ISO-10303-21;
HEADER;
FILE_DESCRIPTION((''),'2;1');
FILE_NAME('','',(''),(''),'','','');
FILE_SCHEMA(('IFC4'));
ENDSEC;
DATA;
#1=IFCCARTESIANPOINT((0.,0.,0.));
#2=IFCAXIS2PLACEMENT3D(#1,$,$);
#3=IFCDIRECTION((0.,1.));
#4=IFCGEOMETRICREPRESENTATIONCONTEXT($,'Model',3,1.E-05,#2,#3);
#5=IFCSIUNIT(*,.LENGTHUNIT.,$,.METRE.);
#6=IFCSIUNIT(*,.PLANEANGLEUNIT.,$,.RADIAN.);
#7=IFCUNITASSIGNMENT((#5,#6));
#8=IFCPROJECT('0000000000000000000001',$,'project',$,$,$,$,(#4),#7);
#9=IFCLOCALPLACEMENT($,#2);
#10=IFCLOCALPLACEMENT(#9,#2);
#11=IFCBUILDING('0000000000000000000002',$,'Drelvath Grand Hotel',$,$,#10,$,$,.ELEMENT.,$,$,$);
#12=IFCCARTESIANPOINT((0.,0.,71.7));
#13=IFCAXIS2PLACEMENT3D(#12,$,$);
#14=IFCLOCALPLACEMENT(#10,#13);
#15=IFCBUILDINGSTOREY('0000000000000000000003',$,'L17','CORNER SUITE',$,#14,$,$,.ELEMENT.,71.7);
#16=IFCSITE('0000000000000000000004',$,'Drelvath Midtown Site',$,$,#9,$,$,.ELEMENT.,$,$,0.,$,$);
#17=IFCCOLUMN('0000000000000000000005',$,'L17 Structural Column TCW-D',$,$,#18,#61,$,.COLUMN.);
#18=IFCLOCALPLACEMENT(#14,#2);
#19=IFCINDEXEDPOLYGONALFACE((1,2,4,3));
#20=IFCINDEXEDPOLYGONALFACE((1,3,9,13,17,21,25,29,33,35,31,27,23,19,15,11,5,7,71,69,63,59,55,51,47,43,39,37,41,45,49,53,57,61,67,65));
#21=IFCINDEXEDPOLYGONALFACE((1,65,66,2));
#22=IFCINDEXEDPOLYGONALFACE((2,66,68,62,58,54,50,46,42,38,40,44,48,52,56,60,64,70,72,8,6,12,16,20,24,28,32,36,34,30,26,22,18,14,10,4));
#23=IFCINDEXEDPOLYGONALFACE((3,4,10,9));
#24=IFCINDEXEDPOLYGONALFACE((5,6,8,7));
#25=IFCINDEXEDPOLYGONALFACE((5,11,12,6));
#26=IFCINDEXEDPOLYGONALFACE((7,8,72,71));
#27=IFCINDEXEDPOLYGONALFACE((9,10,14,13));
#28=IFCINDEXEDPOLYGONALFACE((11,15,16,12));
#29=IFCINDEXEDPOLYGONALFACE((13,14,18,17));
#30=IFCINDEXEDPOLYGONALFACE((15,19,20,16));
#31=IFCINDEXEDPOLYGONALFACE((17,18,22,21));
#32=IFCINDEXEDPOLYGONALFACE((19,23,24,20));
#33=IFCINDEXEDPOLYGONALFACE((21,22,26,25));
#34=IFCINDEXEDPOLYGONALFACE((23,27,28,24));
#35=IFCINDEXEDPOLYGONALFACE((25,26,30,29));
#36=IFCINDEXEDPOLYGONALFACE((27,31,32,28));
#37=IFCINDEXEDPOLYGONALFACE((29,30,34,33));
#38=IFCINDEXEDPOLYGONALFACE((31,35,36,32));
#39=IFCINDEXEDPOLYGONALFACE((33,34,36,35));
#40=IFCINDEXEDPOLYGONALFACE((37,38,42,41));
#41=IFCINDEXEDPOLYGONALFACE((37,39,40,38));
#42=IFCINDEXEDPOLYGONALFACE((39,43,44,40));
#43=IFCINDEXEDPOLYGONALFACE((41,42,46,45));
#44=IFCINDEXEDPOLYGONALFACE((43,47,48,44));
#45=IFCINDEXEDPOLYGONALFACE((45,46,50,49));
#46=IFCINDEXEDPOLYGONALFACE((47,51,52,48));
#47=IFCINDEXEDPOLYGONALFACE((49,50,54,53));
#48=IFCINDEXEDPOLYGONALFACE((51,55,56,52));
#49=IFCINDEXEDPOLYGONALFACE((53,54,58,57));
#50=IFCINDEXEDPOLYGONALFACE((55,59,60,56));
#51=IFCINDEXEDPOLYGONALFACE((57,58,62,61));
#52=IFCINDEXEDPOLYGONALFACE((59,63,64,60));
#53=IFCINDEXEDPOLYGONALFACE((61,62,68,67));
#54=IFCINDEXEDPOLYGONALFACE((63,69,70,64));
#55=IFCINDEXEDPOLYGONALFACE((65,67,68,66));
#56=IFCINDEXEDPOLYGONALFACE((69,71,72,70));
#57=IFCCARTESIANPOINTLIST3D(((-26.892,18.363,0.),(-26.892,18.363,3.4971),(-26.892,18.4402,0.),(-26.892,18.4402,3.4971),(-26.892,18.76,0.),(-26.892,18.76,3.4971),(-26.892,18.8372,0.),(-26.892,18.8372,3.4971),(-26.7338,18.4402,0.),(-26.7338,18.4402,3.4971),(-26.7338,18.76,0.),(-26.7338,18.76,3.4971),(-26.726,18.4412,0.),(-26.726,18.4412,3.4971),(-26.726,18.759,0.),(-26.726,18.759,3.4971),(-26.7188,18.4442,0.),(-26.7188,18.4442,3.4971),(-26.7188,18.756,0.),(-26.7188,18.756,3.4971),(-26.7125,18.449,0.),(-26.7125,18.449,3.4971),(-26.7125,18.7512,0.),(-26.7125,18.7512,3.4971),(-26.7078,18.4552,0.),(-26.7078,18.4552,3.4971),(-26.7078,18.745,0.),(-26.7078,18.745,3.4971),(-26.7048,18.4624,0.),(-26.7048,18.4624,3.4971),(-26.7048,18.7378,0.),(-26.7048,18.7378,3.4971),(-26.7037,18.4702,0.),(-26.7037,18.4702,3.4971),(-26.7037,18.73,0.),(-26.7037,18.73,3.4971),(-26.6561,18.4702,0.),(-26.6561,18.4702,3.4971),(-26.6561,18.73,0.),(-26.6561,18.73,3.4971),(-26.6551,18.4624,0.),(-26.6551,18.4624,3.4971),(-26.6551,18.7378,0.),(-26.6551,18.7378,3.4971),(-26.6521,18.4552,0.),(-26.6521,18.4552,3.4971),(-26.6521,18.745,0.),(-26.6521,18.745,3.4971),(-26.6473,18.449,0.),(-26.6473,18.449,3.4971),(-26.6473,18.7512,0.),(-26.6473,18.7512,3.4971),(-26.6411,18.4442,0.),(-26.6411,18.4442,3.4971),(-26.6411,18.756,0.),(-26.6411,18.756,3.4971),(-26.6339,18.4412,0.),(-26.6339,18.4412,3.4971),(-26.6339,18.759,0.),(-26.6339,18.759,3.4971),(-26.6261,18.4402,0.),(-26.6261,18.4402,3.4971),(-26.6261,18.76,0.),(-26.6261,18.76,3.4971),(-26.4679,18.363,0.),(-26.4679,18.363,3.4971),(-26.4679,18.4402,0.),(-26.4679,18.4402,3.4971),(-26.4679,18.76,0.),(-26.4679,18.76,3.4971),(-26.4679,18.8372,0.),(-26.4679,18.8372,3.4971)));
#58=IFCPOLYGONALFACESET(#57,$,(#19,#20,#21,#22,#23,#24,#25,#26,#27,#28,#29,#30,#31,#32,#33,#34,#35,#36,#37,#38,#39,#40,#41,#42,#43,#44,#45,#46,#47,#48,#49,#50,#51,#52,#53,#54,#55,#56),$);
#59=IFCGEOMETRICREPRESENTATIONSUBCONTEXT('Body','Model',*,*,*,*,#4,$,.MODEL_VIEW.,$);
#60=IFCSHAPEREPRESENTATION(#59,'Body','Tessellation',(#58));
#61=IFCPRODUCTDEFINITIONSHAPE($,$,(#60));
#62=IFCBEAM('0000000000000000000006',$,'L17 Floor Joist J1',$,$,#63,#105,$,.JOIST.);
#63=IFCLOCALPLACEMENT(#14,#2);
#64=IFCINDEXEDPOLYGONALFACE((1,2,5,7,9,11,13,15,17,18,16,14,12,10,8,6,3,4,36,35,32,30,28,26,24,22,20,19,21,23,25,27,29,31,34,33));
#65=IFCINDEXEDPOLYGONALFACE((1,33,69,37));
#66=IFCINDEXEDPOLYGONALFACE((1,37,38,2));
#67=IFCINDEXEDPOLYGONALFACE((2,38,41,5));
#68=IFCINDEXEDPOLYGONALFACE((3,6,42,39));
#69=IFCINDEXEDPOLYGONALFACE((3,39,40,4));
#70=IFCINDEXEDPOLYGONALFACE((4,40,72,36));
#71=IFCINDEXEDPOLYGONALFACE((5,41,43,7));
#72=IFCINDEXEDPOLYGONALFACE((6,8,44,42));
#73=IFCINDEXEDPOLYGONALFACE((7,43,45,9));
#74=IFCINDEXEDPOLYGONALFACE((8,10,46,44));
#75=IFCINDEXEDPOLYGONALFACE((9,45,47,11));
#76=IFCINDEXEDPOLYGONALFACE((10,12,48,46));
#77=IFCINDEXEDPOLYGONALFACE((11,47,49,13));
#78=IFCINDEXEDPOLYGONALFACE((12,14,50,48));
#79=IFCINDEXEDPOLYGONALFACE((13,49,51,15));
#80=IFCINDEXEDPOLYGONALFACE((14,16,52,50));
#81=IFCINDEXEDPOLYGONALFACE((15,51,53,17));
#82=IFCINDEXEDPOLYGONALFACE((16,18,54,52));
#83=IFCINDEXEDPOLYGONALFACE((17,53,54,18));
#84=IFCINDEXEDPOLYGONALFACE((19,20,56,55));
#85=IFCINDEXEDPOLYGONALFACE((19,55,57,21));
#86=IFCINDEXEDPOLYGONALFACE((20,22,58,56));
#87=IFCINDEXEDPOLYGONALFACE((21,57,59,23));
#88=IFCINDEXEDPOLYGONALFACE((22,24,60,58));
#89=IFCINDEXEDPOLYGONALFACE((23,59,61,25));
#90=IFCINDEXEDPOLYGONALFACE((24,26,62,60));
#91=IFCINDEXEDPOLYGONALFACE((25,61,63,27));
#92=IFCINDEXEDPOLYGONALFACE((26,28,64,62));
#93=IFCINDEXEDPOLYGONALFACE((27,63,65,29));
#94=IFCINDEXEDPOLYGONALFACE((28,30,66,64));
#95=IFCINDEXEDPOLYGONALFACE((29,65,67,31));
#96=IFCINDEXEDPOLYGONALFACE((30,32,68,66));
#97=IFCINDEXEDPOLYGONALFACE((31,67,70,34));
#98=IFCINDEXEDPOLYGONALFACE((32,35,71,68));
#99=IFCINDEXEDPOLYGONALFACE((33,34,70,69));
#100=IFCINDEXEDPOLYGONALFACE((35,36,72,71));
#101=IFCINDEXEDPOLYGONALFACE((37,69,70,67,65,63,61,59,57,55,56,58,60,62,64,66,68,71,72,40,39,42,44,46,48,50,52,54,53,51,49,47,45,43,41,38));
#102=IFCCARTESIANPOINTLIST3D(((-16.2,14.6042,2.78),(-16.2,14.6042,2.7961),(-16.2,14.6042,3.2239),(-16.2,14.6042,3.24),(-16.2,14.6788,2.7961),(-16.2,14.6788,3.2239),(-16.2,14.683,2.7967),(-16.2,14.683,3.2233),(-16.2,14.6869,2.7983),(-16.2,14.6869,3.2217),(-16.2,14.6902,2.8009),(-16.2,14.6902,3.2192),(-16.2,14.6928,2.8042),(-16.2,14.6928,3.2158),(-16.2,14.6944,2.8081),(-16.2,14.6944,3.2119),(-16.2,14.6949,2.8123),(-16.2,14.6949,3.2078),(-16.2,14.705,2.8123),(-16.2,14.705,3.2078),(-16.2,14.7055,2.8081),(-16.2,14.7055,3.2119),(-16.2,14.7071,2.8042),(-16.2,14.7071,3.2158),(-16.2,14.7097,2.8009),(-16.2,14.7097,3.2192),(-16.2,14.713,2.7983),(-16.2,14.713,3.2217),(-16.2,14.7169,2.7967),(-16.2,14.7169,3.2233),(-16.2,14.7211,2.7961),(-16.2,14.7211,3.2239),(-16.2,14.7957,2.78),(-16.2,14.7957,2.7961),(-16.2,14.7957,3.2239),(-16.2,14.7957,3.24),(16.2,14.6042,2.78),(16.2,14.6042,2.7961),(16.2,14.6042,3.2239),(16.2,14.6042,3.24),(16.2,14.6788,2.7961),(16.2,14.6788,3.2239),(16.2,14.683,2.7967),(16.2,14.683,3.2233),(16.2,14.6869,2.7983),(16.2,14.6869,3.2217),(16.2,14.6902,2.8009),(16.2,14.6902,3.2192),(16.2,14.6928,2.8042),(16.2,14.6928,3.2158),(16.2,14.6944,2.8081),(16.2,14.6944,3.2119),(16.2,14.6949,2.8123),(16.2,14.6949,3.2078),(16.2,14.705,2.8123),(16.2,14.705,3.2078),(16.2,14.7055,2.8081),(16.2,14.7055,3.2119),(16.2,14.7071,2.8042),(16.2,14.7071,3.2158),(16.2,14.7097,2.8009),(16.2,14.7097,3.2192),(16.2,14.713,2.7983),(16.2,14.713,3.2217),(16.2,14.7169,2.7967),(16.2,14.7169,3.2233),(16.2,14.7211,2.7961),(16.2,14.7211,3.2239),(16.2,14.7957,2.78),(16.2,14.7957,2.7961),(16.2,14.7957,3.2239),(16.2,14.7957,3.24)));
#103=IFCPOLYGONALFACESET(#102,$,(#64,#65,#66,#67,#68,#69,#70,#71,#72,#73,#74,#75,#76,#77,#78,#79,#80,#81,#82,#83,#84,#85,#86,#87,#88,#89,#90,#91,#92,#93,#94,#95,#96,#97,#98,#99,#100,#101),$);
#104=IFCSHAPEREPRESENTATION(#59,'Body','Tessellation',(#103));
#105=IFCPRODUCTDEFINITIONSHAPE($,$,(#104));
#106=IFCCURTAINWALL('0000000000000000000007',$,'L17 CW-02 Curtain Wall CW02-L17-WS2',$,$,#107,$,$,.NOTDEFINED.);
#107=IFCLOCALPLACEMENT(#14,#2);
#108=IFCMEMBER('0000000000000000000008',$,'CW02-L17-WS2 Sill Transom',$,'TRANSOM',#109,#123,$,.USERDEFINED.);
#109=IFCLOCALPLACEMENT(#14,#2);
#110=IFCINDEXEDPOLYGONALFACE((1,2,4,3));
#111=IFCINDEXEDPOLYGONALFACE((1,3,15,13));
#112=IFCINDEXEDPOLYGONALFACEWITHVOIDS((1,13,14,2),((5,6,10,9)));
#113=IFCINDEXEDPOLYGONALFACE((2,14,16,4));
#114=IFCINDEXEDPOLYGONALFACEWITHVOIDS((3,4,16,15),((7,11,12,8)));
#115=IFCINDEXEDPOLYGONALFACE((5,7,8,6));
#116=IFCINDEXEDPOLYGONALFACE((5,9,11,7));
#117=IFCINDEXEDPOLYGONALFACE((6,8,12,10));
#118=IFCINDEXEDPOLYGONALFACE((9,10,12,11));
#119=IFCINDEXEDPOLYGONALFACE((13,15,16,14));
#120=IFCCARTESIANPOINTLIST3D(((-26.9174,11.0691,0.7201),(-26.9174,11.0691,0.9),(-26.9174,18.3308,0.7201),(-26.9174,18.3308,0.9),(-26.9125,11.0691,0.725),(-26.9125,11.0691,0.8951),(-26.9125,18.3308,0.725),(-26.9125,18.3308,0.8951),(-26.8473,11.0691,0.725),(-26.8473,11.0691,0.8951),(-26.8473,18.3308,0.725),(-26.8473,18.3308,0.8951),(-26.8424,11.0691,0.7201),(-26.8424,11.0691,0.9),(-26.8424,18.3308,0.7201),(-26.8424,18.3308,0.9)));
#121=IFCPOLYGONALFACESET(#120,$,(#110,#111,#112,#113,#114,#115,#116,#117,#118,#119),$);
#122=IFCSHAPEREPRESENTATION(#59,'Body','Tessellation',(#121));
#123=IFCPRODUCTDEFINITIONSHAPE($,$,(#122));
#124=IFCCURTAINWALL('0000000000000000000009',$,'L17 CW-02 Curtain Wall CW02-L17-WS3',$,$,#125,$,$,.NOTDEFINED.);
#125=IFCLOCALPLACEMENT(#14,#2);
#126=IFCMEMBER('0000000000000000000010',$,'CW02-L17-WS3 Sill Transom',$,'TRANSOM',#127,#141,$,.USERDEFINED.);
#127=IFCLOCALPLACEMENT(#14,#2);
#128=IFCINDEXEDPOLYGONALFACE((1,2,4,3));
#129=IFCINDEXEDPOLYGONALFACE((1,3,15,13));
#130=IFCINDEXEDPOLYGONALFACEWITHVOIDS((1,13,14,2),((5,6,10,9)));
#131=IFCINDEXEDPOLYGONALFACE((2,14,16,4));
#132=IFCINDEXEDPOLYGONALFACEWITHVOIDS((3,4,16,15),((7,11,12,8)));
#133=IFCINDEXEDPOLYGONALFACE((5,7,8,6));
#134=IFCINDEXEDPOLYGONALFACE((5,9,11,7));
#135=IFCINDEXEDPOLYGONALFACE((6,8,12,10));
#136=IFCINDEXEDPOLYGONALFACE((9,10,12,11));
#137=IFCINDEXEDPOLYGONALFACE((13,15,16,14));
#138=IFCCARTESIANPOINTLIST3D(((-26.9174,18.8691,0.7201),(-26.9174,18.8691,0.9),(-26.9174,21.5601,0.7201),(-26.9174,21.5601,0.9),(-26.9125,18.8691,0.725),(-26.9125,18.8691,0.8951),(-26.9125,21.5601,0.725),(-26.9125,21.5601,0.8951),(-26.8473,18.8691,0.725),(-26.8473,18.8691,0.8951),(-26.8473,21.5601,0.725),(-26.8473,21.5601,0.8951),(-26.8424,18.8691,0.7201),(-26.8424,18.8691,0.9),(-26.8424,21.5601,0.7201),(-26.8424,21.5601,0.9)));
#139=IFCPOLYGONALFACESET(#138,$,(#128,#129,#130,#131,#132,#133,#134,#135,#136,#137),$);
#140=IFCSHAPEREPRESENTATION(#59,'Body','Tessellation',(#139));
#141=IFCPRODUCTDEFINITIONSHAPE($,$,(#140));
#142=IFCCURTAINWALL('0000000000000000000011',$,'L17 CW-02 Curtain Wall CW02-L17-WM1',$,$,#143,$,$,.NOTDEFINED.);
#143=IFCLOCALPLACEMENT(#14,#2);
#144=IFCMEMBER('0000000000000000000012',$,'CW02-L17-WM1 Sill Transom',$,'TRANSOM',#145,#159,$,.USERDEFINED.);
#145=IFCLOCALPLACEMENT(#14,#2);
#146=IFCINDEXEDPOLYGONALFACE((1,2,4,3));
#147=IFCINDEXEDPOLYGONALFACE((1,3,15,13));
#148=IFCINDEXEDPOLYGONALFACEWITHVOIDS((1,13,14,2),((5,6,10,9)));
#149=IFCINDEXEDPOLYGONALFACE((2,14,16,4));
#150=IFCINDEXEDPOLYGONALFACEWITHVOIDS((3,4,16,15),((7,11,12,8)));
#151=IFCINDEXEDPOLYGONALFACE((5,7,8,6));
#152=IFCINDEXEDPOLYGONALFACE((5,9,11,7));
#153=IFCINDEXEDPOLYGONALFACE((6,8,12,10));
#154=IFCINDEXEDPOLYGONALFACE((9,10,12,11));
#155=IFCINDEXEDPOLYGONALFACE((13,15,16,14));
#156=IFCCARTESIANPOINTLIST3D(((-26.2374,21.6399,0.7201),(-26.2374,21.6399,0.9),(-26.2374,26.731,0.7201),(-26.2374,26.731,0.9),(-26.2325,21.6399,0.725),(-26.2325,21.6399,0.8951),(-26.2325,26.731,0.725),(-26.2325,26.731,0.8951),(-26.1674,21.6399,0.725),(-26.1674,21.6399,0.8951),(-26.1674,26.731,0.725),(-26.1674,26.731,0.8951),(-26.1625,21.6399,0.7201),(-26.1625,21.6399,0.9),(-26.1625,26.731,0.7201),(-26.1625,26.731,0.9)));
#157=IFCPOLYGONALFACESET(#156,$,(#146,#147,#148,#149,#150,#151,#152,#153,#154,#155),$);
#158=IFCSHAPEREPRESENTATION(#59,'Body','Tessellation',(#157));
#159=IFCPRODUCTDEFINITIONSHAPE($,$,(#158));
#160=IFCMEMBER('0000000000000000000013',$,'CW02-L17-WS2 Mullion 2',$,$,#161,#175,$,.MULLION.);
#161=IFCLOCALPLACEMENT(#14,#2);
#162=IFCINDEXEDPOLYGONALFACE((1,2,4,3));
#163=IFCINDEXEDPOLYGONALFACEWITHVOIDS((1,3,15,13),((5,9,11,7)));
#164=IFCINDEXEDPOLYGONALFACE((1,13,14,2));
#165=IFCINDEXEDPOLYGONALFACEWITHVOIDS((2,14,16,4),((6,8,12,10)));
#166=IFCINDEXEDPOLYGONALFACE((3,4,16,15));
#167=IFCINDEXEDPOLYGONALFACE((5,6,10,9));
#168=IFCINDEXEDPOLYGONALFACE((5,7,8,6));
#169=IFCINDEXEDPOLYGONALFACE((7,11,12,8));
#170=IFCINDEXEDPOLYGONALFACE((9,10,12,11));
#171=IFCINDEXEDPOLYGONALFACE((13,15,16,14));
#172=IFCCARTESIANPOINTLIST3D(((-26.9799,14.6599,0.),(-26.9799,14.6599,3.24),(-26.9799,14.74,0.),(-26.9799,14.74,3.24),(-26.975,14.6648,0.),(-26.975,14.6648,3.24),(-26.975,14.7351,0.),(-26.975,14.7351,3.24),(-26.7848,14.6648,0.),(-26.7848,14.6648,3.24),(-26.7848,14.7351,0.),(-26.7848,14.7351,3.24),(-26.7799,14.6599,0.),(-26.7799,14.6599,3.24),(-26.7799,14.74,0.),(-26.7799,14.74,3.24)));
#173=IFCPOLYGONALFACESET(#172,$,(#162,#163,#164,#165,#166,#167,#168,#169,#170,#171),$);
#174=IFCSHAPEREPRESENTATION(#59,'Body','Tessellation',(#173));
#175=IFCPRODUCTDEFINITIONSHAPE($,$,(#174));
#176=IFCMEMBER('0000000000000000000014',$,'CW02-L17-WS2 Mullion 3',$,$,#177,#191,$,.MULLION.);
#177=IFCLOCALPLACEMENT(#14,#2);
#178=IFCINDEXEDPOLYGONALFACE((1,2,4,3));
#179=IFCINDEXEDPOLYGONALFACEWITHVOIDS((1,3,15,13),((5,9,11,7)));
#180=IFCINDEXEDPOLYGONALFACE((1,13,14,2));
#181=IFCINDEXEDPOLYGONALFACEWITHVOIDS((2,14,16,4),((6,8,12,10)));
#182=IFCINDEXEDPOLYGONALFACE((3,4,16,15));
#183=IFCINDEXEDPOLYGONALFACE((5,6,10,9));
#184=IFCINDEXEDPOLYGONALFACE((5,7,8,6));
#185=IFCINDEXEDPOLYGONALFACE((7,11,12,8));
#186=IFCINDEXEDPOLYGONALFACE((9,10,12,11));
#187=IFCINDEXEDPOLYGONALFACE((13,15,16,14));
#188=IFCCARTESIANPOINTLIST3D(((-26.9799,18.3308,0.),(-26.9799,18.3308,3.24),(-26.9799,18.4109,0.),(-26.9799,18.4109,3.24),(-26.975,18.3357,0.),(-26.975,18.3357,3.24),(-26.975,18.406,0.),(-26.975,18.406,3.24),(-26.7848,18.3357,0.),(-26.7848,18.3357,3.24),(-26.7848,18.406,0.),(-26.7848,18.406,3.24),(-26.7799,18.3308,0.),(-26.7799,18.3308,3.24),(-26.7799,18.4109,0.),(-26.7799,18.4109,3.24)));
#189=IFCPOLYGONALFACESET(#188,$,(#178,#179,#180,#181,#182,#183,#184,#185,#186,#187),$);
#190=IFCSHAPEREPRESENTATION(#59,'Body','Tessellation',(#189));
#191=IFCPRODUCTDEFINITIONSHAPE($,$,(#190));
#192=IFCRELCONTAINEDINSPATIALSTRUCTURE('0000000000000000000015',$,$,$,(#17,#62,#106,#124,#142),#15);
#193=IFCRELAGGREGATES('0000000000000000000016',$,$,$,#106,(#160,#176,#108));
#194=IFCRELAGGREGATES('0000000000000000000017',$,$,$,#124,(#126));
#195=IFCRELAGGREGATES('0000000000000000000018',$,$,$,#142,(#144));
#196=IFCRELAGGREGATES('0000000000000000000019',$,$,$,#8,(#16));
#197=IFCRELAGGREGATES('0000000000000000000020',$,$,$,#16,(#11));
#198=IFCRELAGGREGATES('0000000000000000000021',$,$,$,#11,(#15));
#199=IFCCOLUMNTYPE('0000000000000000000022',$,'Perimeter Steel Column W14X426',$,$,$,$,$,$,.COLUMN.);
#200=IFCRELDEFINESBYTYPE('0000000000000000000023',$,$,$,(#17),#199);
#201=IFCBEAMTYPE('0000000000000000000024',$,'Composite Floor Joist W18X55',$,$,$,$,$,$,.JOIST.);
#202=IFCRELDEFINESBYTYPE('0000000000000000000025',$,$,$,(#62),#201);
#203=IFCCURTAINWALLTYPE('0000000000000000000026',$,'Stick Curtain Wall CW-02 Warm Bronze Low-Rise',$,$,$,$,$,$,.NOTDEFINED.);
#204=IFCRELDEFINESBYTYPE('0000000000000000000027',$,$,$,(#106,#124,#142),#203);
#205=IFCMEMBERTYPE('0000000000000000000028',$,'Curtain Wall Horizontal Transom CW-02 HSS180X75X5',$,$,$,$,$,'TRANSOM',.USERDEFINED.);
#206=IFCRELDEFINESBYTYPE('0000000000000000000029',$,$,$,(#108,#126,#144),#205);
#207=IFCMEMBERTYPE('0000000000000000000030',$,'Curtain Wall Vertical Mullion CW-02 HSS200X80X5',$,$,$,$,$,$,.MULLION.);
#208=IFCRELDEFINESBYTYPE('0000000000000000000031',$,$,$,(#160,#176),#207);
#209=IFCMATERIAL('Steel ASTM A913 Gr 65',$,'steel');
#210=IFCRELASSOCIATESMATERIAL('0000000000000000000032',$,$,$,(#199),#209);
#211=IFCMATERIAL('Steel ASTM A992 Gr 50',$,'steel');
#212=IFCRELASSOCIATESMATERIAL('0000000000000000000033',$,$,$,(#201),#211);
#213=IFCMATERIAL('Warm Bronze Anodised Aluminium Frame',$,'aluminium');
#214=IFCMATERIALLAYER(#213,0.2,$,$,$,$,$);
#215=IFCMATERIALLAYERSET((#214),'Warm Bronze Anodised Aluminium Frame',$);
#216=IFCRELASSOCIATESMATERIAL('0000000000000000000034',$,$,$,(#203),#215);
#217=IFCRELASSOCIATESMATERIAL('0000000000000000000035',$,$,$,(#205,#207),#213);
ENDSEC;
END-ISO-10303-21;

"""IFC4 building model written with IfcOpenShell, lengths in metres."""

from ifc_helpers import new_model, si_unit, direction, frame, origin, origin_2d, place, context, subcontext, project, spatial, hollow_rectangle, i_section, extrude, material, layer, layer_set, material_profile, profile_set, type_object, element, aggregate, save


model = new_model("IFC4")

# Units and contexts
model_context = context("Model", 3, precision=1e-05, world=origin(), true_north=direction((0.0, 1.0)))
body_context = subcontext(model_context, "Body", "Model", "MODEL_VIEW")
ifc_project = project(units=[si_unit("LENGTHUNIT", "METRE"), si_unit("PLANEANGLEUNIT", "RADIAN")], contexts=[model_context])

# Site, building, storey
site_placement = place(None, origin())
site = spatial("IfcSite", under=ifc_project, at=site_placement, Name="Drelvath Midtown Site", CompositionType="ELEMENT", RefElevation=0.0)
building_placement = place(site_placement, origin())
building = spatial("IfcBuilding", under=site, at=building_placement, Name="Drelvath Grand Hotel", CompositionType="ELEMENT")
storey_placement = place(building_placement, frame((0.0, 0.0, 71.7)))
storey = spatial("IfcBuildingStorey", under=building, at=storey_placement, Name="L17", Description="CORNER SUITE", CompositionType="ELEMENT", Elevation=71.7)

# Column
ifc_material_1 = material(Name="Steel ASTM A913 Gr 65", Category="steel")
ifc_material_profile_1 = material_profile(ifc_material_1, i_section(OverallWidth=0.4241, OverallDepth=0.4741, WebThickness=0.0476, FlangeThickness=0.0771, FilletRadius=0.03, at=origin_2d()), Name="W14X426")
ifc_profile_set_1 = profile_set([ifc_material_profile_1], Name="Steel ASTM A913 Gr 65")
column_type = type_object("IfcColumnType", Name="Perimeter Steel Column W14X426", PredefinedType="COLUMN", material=ifc_profile_set_1)
column_placement = place(storey_placement, frame((-26.6799, 18.6001, 0.0), z_axis=(0.0, 0.0, 1.0), x_axis=(1.0, 0.0, 0.0)))
element("IfcColumn", 1, at=column_placement, inside=storey, type_object=column_type, Name="L17 Structural Column TCW-D", PredefinedType="COLUMN", context=body_context, shape_type="SweptSolid", body=[
    extrude(i_section(OverallWidth=0.4241, OverallDepth=0.4741, WebThickness=0.0476, FlangeThickness=0.0771, FilletRadius=0.03, at=origin_2d()), origin(), (0.0, 0.0, 1.0), 3.4971),
])

# Beam
ifc_material_2 = material(Name="Steel ASTM A992 Gr 50", Category="steel")
ifc_material_profile_2 = material_profile(ifc_material_2, i_section(OverallWidth=0.1914, OverallDepth=0.46, WebThickness=0.01, FlangeThickness=0.0161, FilletRadius=0.0161, at=origin_2d()), Name="W18X55")
ifc_profile_set_2 = profile_set([ifc_material_profile_2], Name="Steel ASTM A992 Gr 50")
beam_type_1 = type_object("IfcBeamType", Name="Composite Floor Joist W18X55", PredefinedType="JOIST", material=ifc_profile_set_2)
beam_1_placement = place(storey_placement, frame((-16.2, 14.7, 3.01), z_axis=(1.0, 0.0, 0.0), x_axis=(0.0, 1.0, 0.0)))
element("IfcBeam", 2, at=beam_1_placement, inside=storey, type_object=beam_type_1, Name="L17 Floor Joist J1", PredefinedType="JOIST", context=body_context, shape_type="SweptSolid", body=[
    extrude(i_section(OverallWidth=0.1914, OverallDepth=0.46, WebThickness=0.01, FlangeThickness=0.0161, FilletRadius=0.0161, at=origin_2d()), origin(), (0.0, 0.0, 1.0), 32.3999),
])

# Curtain walls, members
ifc_material_3 = material(Name="Warm Bronze Anodised Aluminium Frame", Category="aluminium")
ifc_layer_1 = layer(ifc_material_3, 0.2)
ifc_layer_set_1 = layer_set([ifc_layer_1], Name="Warm Bronze Anodised Aluminium Frame")
curtain_wall_type = type_object("IfcCurtainWallType", Name="Stick Curtain Wall CW-02 Warm Bronze Low-Rise", PredefinedType="NOTDEFINED", material=ifc_layer_set_1)
curtain_wall_1_placement = place(storey_placement, origin())
curtain_wall_1 = element("IfcCurtainWall", 3, at=curtain_wall_1_placement, inside=storey, type_object=curtain_wall_type, Name="L17 CW-02 Curtain Wall CW02-L17-WS2", PredefinedType="NOTDEFINED")
ifc_material_profile_3 = material_profile(ifc_material_3, hollow_rectangle(XDim=0.075, YDim=0.1799, WallThickness=0.0049, at=origin_2d()), Name="HSS180X75X5")
ifc_profile_set_3 = profile_set([ifc_material_profile_3], Name="Warm Bronze Anodised Aluminium Frame")
member_type_1 = type_object("IfcMemberType", Name="Curtain Wall Horizontal Transom CW-02 HSS180X75X5", ElementType="TRANSOM", PredefinedType="USERDEFINED", material=ifc_profile_set_3)
member_1_placement = place(storey_placement, frame((-26.8799, 11.0691, 0.8101), z_axis=(0.0, 1.0, 0.0), x_axis=(-1.0, 0.0, 0.0)))
member_1 = element("IfcMember", 4, at=member_1_placement, type_object=member_type_1, Name="CW02-L17-WS2 Sill Transom", ObjectType="TRANSOM", PredefinedType="USERDEFINED", context=body_context, shape_type="SweptSolid", body=[
    extrude(hollow_rectangle(XDim=0.075, YDim=0.1799, WallThickness=0.0049, at=origin_2d()), origin(), (0.0, 0.0, 1.0), 7.2617),
])
curtain_wall_2_placement = place(storey_placement, origin())
curtain_wall_2 = element("IfcCurtainWall", 5, at=curtain_wall_2_placement, inside=storey, type_object=curtain_wall_type, Name="L17 CW-02 Curtain Wall CW02-L17-WS3", PredefinedType="NOTDEFINED")
member_2_placement = place(storey_placement, frame((-26.8799, 18.8691, 0.8101), z_axis=(0.0, 1.0, 0.0), x_axis=(-1.0, 0.0, 0.0)))
member_2 = element("IfcMember", 6, at=member_2_placement, type_object=member_type_1, Name="CW02-L17-WS3 Sill Transom", ObjectType="TRANSOM", PredefinedType="USERDEFINED", context=body_context, shape_type="SweptSolid", body=[
    extrude(hollow_rectangle(XDim=0.075, YDim=0.1799, WallThickness=0.0049, at=origin_2d()), origin(), (0.0, 0.0, 1.0), 2.6909),
])
curtain_wall_3_placement = place(storey_placement, origin())
curtain_wall_3 = element("IfcCurtainWall", 7, at=curtain_wall_3_placement, inside=storey, type_object=curtain_wall_type, Name="L17 CW-02 Curtain Wall CW02-L17-WM1", PredefinedType="NOTDEFINED")
member_3_placement = place(storey_placement, frame((-26.2, 21.6399, 0.8101), z_axis=(0.0, 1.0, 0.0), x_axis=(-1.0, 0.0, 0.0)))
member_3 = element("IfcMember", 8, at=member_3_placement, type_object=member_type_1, Name="CW02-L17-WM1 Sill Transom", ObjectType="TRANSOM", PredefinedType="USERDEFINED", context=body_context, shape_type="SweptSolid", body=[
    extrude(hollow_rectangle(XDim=0.075, YDim=0.1799, WallThickness=0.0049, at=origin_2d()), origin(), (0.0, 0.0, 1.0), 5.0911),
])

# Members
ifc_material_profile_4 = material_profile(ifc_material_3, hollow_rectangle(XDim=0.0801, YDim=0.2, WallThickness=0.0049, at=origin_2d()), Name="HSS200X80X5")
ifc_profile_set_4 = profile_set([ifc_material_profile_4], Name="Warm Bronze Anodised Aluminium Frame")
member_type_2 = type_object("IfcMemberType", Name="Curtain Wall Vertical Mullion CW-02 HSS200X80X5", PredefinedType="MULLION", material=ifc_profile_set_4)
member_4_placement = place(storey_placement, frame((-26.8799, 14.7, 0.0), z_axis=(0.0, 0.0, 1.0), x_axis=(0.0, 1.0, 0.0)))
member_4 = element("IfcMember", 9, at=member_4_placement, type_object=member_type_2, Name="CW02-L17-WS2 Mullion 2", PredefinedType="MULLION", context=body_context, shape_type="SweptSolid", body=[
    extrude(hollow_rectangle(XDim=0.0801, YDim=0.2, WallThickness=0.0049, at=origin_2d()), origin(), (0.0, 0.0, 1.0), 3.24),
])
member_5_placement = place(storey_placement, frame((-26.8799, 18.3708, 0.0), z_axis=(0.0, 0.0, 1.0), x_axis=(0.0, 1.0, 0.0)))
member_5 = element("IfcMember", 10, at=member_5_placement, type_object=member_type_2, Name="CW02-L17-WS2 Mullion 3", PredefinedType="MULLION", context=body_context, shape_type="SweptSolid", body=[
    extrude(hollow_rectangle(XDim=0.0801, YDim=0.2, WallThickness=0.0049, at=origin_2d()), origin(), (0.0, 0.0, 1.0), 3.24),
])

aggregate(curtain_wall_1, [member_4, member_5, member_1])
aggregate(curtain_wall_2, [member_2])
aggregate(curtain_wall_3, [member_3])

save(model, "model.ifc")
